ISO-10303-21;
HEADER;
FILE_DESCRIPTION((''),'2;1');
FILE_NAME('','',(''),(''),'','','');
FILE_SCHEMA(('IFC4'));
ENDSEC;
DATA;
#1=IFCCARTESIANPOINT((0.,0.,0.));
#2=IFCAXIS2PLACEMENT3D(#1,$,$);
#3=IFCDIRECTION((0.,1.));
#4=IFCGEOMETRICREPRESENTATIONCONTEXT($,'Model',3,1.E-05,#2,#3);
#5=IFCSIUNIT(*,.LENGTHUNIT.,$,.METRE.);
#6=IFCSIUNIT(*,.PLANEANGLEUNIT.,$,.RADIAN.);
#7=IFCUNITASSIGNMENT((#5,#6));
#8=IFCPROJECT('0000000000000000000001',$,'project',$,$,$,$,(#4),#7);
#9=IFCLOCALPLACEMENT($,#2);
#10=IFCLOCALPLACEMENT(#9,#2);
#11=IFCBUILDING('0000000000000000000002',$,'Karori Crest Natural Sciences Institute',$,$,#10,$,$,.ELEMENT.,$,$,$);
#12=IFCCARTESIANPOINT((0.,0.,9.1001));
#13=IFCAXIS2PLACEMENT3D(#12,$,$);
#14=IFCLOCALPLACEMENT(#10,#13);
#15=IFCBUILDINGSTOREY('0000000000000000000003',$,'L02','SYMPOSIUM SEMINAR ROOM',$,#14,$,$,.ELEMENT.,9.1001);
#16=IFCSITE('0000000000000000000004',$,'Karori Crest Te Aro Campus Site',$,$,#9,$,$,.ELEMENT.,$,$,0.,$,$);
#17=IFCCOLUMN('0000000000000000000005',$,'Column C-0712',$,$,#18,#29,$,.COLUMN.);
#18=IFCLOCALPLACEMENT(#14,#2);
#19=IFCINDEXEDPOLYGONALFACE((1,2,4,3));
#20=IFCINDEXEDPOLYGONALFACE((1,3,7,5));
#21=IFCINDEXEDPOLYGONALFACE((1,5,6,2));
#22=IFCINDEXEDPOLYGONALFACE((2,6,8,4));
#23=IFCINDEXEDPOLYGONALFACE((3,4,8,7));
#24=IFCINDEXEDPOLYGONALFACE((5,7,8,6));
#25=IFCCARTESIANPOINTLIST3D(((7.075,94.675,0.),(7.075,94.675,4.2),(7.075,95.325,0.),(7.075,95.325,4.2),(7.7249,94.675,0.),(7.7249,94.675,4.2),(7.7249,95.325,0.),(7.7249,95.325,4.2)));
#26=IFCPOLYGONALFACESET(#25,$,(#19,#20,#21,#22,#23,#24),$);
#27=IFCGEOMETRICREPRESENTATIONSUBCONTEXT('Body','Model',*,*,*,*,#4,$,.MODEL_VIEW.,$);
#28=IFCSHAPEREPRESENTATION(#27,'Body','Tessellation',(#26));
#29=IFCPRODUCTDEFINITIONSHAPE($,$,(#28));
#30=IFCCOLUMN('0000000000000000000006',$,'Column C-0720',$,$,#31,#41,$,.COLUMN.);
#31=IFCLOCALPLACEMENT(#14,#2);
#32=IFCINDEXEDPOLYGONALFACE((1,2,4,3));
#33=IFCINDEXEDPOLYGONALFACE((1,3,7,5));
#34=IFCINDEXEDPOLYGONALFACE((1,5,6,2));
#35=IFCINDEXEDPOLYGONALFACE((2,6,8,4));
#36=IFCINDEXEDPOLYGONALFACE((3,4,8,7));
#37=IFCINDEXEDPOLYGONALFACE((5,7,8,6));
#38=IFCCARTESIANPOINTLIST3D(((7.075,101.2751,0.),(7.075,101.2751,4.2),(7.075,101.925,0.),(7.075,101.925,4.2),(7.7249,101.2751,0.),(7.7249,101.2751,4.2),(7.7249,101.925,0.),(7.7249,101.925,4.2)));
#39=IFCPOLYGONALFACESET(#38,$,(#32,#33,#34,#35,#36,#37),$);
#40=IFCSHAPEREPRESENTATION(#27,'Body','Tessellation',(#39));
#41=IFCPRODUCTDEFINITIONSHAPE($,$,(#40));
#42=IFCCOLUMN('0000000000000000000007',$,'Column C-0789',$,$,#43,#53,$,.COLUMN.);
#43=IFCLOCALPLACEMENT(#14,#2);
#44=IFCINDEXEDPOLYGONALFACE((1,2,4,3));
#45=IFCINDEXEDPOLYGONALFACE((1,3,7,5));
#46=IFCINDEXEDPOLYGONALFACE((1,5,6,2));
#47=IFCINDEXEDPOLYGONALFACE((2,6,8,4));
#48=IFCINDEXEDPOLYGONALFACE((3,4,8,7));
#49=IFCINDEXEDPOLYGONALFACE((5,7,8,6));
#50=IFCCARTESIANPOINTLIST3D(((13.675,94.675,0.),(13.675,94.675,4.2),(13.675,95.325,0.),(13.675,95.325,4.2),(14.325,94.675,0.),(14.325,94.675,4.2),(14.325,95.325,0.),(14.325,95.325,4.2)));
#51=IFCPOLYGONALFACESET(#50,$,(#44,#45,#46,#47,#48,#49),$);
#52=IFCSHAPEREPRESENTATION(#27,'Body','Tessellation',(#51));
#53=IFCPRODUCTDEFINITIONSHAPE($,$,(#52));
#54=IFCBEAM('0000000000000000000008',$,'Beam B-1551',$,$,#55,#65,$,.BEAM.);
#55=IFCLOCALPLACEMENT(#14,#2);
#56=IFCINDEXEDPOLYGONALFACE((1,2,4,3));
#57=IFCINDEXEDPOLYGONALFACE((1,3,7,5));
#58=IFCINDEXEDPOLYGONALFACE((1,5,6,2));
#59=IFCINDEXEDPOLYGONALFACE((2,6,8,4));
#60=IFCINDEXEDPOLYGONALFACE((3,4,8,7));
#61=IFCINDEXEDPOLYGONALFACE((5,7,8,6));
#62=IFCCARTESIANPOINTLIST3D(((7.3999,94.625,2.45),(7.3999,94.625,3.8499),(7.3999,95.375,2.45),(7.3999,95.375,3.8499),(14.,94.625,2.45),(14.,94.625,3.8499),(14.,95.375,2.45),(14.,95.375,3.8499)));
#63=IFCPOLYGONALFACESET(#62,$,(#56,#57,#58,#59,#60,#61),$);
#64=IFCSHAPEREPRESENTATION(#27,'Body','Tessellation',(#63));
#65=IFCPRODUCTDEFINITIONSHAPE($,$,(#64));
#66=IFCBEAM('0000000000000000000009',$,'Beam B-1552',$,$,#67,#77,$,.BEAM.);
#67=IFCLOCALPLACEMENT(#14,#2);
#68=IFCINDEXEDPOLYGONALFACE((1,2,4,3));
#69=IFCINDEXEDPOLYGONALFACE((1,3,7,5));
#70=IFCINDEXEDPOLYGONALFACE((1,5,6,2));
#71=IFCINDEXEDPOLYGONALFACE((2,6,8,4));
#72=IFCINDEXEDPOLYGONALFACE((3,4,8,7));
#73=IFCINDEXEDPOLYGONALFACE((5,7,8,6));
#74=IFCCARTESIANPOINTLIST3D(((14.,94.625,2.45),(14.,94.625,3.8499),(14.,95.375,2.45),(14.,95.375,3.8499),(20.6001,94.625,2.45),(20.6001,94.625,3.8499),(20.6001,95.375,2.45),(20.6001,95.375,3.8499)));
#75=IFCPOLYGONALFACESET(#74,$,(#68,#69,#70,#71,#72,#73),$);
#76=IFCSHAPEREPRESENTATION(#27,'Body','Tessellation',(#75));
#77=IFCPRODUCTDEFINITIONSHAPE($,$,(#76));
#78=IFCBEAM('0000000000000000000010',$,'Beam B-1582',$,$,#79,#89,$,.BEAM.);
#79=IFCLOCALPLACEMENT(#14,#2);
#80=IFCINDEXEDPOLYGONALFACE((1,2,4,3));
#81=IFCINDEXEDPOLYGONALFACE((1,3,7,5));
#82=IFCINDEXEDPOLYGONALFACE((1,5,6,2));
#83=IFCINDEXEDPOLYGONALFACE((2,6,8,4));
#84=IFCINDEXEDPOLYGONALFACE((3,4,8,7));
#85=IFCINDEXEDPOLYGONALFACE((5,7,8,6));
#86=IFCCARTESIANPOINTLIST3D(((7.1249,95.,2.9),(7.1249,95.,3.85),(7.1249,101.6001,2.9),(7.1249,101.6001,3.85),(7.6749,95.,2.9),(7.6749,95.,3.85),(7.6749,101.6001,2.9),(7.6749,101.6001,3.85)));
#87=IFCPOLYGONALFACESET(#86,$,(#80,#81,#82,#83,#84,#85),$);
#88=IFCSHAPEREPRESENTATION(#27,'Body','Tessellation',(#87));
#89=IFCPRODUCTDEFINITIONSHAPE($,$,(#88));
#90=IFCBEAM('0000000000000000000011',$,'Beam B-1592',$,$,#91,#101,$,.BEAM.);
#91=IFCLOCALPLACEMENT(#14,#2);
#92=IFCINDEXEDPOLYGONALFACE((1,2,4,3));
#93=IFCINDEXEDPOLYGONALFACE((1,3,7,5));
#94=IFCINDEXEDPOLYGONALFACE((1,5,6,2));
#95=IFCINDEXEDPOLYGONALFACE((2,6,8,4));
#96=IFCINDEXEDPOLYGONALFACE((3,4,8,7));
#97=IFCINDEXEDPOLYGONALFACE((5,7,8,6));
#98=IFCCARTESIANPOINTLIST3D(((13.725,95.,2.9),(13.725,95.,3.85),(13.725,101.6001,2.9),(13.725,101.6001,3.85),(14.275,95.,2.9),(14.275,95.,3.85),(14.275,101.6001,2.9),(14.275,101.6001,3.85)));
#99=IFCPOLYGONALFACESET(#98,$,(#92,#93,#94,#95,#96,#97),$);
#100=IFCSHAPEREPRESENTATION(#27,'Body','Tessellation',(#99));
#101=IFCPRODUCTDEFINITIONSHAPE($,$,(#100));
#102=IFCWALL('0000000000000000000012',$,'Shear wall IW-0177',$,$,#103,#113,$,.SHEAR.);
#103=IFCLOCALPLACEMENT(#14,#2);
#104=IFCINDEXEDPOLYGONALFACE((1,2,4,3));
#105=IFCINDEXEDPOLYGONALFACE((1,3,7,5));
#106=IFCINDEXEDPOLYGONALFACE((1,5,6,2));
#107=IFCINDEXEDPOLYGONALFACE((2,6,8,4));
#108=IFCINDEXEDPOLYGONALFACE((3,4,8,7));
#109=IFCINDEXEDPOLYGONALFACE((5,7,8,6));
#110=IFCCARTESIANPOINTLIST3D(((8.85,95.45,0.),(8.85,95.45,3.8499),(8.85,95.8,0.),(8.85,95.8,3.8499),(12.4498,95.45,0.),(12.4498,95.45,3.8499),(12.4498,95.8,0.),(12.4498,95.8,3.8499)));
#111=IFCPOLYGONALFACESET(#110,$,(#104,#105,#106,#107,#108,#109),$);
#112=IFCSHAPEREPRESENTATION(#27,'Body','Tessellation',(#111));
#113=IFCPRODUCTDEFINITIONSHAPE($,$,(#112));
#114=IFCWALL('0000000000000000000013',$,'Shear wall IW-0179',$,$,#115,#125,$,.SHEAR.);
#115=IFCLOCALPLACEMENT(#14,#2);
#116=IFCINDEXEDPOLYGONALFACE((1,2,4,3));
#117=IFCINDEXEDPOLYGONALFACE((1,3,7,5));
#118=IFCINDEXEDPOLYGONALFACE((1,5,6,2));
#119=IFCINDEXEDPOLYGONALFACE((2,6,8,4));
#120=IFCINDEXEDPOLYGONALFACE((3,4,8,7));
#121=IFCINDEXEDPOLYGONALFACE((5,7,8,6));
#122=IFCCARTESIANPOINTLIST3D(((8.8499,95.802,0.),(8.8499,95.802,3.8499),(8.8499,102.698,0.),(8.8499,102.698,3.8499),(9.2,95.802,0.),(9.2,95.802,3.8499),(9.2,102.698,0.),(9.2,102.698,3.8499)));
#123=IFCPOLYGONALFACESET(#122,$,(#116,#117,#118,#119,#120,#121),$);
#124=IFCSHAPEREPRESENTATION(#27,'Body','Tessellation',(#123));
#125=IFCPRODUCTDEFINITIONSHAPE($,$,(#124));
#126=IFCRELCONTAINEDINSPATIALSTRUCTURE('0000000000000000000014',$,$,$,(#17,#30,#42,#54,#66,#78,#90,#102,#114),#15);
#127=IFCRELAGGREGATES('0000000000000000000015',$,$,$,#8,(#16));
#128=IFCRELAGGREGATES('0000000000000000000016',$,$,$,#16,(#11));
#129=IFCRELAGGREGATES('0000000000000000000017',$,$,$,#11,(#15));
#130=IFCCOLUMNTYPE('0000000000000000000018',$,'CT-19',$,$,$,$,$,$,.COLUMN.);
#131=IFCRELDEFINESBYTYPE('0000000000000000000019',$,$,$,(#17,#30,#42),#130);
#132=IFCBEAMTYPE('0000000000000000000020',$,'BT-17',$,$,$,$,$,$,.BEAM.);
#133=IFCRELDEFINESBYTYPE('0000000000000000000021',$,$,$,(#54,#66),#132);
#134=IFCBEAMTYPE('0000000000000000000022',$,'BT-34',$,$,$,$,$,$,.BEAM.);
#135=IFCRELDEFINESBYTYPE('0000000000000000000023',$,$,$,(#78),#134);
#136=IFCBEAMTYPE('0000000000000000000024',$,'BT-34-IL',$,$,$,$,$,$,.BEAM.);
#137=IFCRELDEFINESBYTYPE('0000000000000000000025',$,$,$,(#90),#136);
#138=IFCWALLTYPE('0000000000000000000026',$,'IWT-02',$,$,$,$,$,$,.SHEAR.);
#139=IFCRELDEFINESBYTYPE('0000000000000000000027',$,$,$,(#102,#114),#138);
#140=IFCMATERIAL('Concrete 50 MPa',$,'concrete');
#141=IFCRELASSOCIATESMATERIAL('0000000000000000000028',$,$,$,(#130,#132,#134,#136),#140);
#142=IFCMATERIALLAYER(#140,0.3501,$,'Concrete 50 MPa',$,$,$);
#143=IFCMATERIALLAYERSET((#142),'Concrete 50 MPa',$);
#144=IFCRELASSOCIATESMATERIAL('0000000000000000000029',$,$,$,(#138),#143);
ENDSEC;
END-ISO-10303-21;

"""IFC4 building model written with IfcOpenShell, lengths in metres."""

from ifc_helpers import new_model, si_unit, direction, frame, frame_2d, origin, origin_2d, place, context, subcontext, project, spatial, rectangle, extrude, material, layer, layer_set, material_profile, profile_set, type_object, element, save


model = new_model("IFC4")

# Units and contexts
model_context = context("Model", 3, precision=1e-05, world=origin(), true_north=direction((0.0, 1.0)))
body_context = subcontext(model_context, "Body", "Model", "MODEL_VIEW")
ifc_project = project(units=[si_unit("LENGTHUNIT", "METRE"), si_unit("PLANEANGLEUNIT", "RADIAN")], contexts=[model_context])

# Site, building, storey
site_placement = place(None, origin())
site = spatial("IfcSite", under=ifc_project, at=site_placement, Name="Karori Crest Te Aro Campus Site", CompositionType="ELEMENT", RefElevation=0.0)
building_placement = place(site_placement, origin())
building = spatial("IfcBuilding", under=site, at=building_placement, Name="Karori Crest Natural Sciences Institute", CompositionType="ELEMENT")
storey_placement = place(building_placement, frame((0.0, 0.0, 9.1001)))
storey = spatial("IfcBuildingStorey", under=building, at=storey_placement, Name="L02", Description="SYMPOSIUM SEMINAR ROOM", CompositionType="ELEMENT", Elevation=9.1001)

# Columns
ifc_material_1 = material(Name="Concrete 50 MPa", Category="concrete")
ifc_material_profile_1 = material_profile(ifc_material_1, rectangle(XDim=0.6499, YDim=0.6499, at=origin_2d()), Name="RC650x650")
ifc_profile_set_1 = profile_set([ifc_material_profile_1], Name="Concrete 50 MPa")
column_type = type_object("IfcColumnType", Name="CT-19", PredefinedType="COLUMN", material=ifc_profile_set_1)
for number, where, z_axis, x_axis, name in (
    (1, (7.3999, 95.0, 0.0), (0.0, 0.0, 1.0), (1.0, 0.0, 0.0), "Column C-0712"),
    (2, (7.3999, 101.6001, 0.0), (0.0, 0.0, 1.0), (1.0, 0.0, 0.0), "Column C-0720"),
    (3, (14.0, 95.0, 0.0), (0.0, 0.0, 1.0), (1.0, 0.0, 0.0), "Column C-0789"),
):
    element("IfcColumn", number, at=place(storey_placement, frame(where, z_axis=z_axis, x_axis=x_axis)), inside=storey, type_object=column_type, Name=name, PredefinedType="COLUMN", context=body_context, shape_type="SweptSolid", body=[
        extrude(rectangle(XDim=0.6499, YDim=0.6499, at=origin_2d()), origin(), (0.0, 0.0, 1.0), 4.2),
    ])

# Beams
ifc_material_profile_2 = material_profile(ifc_material_1, rectangle(XDim=0.75, YDim=1.3999, at=origin_2d()), Name="RCB750x1400")
ifc_profile_set_2 = profile_set([ifc_material_profile_2], Name="Concrete 50 MPa")
beam_type_1 = type_object("IfcBeamType", Name="BT-17", PredefinedType="BEAM", material=ifc_profile_set_2)
for number, where, z_axis, x_axis, name in (
    (4, (7.3999, 95.0, 3.1499), (1.0, 0.0, 0.0), (0.0, 1.0, 0.0), "Beam B-1551"),
    (5, (14.0, 95.0, 3.1499), (1.0, 0.0, 0.0), (0.0, 1.0, 0.0), "Beam B-1552"),
):
    element("IfcBeam", number, at=place(storey_placement, frame(where, z_axis=z_axis, x_axis=x_axis)), inside=storey, type_object=beam_type_1, Name=name, PredefinedType="BEAM", context=body_context, shape_type="SweptSolid", body=[
        extrude(rectangle(XDim=0.75, YDim=1.3999, at=origin_2d()), origin(), (0.0, 0.0, 1.0), 6.6001),
    ])
ifc_material_profile_3 = material_profile(ifc_material_1, rectangle(XDim=0.55, YDim=0.95, at=origin_2d()), Name="RCB550x950")
ifc_profile_set_3 = profile_set([ifc_material_profile_3], Name="Concrete 50 MPa")
beam_type_2 = type_object("IfcBeamType", Name="BT-34", PredefinedType="BEAM", material=ifc_profile_set_3)
beam_1_placement = place(storey_placement, frame((7.3999, 95.0, 3.375), z_axis=(0.0, 1.0, 0.0), x_axis=(-1.0, 0.0, 0.0)))
element("IfcBeam", 6, at=beam_1_placement, inside=storey, type_object=beam_type_2, Name="Beam B-1582", PredefinedType="BEAM", context=body_context, shape_type="SweptSolid", body=[
    extrude(rectangle(XDim=0.55, YDim=0.95, at=origin_2d()), origin(), (0.0, 0.0, 1.0), 6.6001),
])
ifc_material_profile_4 = material_profile(ifc_material_1, rectangle(XDim=0.55, YDim=0.95, at=origin_2d()), Name="RCB550x950")
ifc_profile_set_4 = profile_set([ifc_material_profile_4], Name="Concrete 50 MPa")
beam_type_3 = type_object("IfcBeamType", Name="BT-34-IL", PredefinedType="BEAM", material=ifc_profile_set_4)
beam_2_placement = place(storey_placement, frame((14.0, 95.0, 3.375), z_axis=(0.0, 1.0, 0.0), x_axis=(-1.0, 0.0, 0.0)))
element("IfcBeam", 7, at=beam_2_placement, inside=storey, type_object=beam_type_3, Name="Beam B-1592", PredefinedType="BEAM", context=body_context, shape_type="SweptSolid", body=[
    extrude(rectangle(XDim=0.55, YDim=0.95, at=origin_2d()), origin(), (0.0, 0.0, 1.0), 6.6001),
])

# Walls
ifc_layer_1 = layer(ifc_material_1, 0.3501, Name="Concrete 50 MPa")
ifc_layer_set_1 = layer_set([ifc_layer_1], Name="Concrete 50 MPa")
wall_type_1 = type_object("IfcWallType", Name="IWT-02", PredefinedType="SHEAR", material=ifc_layer_set_1)
wall_1_placement = place(storey_placement, frame((8.8501, 95.625, 0.0), z_axis=(0.0, 0.0, 1.0), x_axis=(1.0, 0.0, 0.0)))
element("IfcWall", 8, at=wall_1_placement, inside=storey, type_object=wall_type_1, Name="Shear wall IW-0177", PredefinedType="SHEAR", context=body_context, shape_type="SweptSolid", body=[
    extrude(rectangle(XDim=3.5999, YDim=0.3501, at=frame_2d((1.7998, 0.0))), origin(), (0.0, 0.0, 1.0), 3.8499),
])
wall_2_placement = place(storey_placement, frame((9.0249, 95.802, 0.0), z_axis=(0.0, 0.0, 1.0), x_axis=(0.0, 1.0, 0.0)))
element("IfcWall", 9, at=wall_2_placement, inside=storey, type_object=wall_type_1, Name="Shear wall IW-0179", PredefinedType="SHEAR", context=body_context, shape_type="SweptSolid", body=[
    extrude(rectangle(XDim=6.896, YDim=0.3501, at=frame_2d((3.448, 0.0))), origin(), (0.0, 0.0, 1.0), 3.8499),
])

save(model, "model.ifc")
